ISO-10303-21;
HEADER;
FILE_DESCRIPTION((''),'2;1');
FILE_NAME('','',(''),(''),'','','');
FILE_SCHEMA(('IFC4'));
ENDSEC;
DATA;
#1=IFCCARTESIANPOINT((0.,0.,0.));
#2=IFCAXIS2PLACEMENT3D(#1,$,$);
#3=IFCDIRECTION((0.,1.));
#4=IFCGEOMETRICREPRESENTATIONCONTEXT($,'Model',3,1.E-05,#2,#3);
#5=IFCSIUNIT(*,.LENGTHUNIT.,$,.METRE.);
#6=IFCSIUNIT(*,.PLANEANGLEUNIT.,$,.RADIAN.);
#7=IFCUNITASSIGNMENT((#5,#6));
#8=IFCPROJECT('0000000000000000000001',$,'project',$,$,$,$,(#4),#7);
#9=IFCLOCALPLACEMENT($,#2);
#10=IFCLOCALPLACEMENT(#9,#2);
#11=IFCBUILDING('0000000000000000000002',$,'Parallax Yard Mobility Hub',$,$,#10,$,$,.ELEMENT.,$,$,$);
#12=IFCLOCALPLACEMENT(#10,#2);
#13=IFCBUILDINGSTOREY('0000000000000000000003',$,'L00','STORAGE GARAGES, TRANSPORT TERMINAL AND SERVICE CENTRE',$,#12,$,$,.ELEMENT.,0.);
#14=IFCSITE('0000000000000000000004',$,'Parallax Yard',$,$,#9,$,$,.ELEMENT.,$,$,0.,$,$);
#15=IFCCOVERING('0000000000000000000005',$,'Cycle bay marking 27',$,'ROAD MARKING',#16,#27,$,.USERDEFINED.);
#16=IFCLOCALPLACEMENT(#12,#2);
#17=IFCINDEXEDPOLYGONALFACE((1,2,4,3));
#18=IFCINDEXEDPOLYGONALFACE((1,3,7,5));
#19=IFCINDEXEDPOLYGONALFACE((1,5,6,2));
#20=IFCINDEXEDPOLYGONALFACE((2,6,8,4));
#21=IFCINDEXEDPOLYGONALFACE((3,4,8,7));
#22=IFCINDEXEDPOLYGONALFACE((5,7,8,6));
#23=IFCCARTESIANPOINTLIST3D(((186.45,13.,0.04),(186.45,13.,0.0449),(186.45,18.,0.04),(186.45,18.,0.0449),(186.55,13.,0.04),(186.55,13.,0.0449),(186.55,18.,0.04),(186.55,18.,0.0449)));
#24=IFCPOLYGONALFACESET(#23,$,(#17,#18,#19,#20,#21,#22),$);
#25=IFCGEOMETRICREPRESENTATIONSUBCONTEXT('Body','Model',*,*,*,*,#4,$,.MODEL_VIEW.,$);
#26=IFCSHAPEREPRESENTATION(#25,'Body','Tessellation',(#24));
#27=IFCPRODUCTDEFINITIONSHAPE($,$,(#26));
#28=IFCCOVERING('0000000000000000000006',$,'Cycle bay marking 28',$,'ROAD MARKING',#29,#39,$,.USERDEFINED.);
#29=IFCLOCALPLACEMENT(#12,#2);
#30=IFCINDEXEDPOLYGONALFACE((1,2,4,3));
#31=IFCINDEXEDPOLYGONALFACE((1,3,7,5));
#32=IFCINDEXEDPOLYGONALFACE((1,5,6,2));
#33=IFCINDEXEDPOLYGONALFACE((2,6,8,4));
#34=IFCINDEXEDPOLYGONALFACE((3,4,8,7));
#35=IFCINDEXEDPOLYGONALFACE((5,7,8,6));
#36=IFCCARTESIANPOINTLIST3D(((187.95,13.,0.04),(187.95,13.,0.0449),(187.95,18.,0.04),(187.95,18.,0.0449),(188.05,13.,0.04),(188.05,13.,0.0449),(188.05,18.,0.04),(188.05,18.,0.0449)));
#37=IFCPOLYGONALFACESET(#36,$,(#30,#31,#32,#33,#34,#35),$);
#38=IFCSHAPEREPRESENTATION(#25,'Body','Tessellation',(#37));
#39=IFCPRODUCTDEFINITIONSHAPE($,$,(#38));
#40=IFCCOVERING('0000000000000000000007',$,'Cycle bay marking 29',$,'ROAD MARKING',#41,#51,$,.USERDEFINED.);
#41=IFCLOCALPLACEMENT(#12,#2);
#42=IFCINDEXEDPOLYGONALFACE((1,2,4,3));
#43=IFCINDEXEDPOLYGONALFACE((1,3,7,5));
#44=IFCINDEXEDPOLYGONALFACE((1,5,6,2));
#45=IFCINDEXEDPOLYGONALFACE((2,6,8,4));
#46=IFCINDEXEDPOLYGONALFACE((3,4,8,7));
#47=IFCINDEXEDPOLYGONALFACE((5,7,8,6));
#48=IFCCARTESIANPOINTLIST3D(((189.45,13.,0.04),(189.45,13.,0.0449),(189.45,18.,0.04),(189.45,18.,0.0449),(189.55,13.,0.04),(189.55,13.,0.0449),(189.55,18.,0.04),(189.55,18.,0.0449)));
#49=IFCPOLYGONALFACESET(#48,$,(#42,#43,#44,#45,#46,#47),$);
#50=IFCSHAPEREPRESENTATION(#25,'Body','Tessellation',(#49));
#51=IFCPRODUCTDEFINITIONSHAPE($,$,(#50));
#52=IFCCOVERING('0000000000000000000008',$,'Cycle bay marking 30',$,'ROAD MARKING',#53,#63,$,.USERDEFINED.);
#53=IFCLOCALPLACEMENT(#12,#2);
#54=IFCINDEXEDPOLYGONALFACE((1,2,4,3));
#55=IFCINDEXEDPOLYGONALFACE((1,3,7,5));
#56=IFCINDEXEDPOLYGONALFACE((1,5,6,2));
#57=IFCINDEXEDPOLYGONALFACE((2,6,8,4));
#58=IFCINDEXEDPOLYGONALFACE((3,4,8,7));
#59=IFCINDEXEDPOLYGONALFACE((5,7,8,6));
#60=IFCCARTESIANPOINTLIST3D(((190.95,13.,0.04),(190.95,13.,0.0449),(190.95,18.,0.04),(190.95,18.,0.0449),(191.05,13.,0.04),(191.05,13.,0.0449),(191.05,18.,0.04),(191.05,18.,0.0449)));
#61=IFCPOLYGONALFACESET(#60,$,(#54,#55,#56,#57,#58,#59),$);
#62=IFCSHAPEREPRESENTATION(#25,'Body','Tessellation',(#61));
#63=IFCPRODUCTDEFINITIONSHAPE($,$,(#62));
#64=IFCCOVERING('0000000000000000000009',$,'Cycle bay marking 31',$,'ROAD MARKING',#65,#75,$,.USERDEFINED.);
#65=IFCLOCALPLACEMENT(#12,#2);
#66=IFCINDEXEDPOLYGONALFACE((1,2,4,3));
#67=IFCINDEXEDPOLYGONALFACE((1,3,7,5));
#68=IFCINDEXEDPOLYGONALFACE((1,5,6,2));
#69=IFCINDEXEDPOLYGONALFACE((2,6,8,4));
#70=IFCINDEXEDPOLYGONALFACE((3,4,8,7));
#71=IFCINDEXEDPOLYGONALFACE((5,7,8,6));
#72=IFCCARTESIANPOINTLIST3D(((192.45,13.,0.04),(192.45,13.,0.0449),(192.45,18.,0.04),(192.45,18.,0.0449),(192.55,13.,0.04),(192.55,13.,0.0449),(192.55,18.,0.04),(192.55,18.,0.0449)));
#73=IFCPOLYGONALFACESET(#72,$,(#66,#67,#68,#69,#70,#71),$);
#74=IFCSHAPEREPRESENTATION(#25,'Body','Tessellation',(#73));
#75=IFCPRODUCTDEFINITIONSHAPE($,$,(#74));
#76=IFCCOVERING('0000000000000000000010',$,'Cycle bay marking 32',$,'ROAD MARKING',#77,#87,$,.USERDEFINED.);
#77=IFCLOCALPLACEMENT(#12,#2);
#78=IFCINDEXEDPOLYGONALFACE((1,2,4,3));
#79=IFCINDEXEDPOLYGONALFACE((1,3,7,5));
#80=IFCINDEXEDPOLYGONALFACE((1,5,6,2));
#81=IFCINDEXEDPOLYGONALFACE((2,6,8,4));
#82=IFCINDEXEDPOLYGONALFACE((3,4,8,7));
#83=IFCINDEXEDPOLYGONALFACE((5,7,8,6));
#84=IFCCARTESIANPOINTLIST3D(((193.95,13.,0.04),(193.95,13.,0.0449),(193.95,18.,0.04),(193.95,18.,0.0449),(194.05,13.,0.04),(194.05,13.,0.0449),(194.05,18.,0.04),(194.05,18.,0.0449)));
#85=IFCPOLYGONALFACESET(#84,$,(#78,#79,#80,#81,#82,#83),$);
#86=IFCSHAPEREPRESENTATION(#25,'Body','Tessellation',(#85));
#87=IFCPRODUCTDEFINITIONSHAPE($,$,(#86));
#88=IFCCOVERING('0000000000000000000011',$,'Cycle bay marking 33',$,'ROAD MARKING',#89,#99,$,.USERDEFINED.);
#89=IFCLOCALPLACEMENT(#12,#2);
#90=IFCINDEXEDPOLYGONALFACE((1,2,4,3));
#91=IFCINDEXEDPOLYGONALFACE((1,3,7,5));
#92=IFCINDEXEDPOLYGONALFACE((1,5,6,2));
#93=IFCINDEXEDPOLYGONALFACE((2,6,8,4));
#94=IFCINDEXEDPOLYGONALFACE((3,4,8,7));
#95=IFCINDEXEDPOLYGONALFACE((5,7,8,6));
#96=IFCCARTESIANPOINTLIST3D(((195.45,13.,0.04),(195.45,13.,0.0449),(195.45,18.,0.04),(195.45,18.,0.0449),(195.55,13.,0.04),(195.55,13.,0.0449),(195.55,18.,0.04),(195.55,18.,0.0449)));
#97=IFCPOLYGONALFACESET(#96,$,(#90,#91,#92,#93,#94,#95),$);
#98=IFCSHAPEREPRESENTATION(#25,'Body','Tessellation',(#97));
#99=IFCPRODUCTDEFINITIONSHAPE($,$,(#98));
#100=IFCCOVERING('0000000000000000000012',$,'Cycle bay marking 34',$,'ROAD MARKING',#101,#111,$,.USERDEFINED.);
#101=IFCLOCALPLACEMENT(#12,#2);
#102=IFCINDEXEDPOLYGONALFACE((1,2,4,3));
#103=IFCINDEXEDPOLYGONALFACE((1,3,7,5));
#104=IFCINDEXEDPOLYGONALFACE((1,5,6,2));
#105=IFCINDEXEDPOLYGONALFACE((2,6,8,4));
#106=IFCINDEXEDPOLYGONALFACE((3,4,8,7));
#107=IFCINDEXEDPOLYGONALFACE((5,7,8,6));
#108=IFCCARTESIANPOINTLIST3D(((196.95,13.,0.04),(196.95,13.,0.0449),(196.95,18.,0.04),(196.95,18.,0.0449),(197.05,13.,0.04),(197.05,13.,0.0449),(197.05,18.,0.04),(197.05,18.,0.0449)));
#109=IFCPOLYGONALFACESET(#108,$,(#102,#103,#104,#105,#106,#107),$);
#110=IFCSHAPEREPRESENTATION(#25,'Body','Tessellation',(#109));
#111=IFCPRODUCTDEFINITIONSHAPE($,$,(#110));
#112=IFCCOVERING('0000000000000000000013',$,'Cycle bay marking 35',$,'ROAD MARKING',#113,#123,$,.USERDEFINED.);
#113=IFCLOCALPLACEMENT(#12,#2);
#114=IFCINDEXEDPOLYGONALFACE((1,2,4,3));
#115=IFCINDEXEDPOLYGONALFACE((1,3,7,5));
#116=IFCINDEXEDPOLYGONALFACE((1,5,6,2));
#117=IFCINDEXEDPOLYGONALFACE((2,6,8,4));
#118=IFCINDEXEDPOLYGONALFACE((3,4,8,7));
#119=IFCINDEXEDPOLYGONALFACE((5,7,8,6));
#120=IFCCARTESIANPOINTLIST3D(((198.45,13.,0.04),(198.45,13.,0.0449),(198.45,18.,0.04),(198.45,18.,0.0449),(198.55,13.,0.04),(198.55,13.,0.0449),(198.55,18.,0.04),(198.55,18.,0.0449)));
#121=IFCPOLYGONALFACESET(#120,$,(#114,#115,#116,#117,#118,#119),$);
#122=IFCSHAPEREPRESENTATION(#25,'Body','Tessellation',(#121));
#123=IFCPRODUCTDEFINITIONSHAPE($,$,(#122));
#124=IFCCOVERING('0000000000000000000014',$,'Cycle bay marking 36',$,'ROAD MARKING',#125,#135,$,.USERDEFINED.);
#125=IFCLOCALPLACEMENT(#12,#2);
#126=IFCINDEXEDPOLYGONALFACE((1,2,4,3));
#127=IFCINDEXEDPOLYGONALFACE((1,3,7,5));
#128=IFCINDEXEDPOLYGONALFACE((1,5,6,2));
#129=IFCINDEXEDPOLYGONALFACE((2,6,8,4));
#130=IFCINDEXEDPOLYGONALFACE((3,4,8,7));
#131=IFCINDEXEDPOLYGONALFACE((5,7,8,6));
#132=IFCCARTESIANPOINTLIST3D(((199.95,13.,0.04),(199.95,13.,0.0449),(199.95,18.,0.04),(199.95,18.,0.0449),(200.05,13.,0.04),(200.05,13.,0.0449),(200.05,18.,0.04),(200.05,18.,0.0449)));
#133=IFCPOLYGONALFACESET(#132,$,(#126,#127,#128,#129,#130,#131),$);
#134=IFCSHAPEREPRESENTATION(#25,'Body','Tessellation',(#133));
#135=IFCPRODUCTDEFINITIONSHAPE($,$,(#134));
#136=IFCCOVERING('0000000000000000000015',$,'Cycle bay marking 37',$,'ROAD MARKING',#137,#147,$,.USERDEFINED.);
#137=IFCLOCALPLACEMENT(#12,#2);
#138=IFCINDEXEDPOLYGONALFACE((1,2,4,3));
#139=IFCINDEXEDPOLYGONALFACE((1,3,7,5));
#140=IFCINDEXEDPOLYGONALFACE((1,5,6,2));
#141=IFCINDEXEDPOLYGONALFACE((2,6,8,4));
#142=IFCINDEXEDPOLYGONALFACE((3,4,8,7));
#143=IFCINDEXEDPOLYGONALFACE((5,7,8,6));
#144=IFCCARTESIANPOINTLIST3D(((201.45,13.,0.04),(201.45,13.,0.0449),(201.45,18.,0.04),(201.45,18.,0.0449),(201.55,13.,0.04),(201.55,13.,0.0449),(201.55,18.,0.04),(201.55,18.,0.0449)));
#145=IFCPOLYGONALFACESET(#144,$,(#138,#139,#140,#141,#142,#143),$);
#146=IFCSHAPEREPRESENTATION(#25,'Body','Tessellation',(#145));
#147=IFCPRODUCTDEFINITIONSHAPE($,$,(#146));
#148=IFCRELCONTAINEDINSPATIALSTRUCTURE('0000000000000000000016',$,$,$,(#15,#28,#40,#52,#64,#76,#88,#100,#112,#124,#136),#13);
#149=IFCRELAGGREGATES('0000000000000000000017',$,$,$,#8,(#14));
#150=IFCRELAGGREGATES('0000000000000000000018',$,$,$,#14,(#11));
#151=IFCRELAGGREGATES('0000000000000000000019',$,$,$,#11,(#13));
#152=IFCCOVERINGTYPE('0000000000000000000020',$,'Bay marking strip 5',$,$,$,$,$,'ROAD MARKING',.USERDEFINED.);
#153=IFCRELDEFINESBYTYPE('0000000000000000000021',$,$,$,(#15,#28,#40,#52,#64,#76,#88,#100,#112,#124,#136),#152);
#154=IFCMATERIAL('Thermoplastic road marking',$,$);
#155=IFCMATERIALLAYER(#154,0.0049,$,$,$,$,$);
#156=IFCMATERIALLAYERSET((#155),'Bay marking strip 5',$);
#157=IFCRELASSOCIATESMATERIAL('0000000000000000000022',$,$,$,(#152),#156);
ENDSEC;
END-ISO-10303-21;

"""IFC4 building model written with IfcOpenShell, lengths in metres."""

from ifc_helpers import new_model, si_unit, direction, frame, origin, place, context, subcontext, project, spatial, polyline, outline, extrude, material, layer, layer_set, type_object, element, save


model = new_model("IFC4")

# Units and contexts
model_context = context("Model", 3, precision=1e-05, world=origin(), true_north=direction((0.0, 1.0)))
body_context = subcontext(model_context, "Body", "Model", "MODEL_VIEW")
ifc_project = project(units=[si_unit("LENGTHUNIT", "METRE"), si_unit("PLANEANGLEUNIT", "RADIAN")], contexts=[model_context])

# Site, building, storey
site_placement = place(None, origin())
site = spatial("IfcSite", under=ifc_project, at=site_placement, Name="Parallax Yard", CompositionType="ELEMENT", RefElevation=0.0)
building_placement = place(site_placement, origin())
building = spatial("IfcBuilding", under=site, at=building_placement, Name="Parallax Yard Mobility Hub", CompositionType="ELEMENT")
storey_placement = place(building_placement, origin())
storey = spatial("IfcBuildingStorey", under=building, at=storey_placement, Name="L00", Description="STORAGE GARAGES, TRANSPORT TERMINAL AND SERVICE CENTRE", CompositionType="ELEMENT", Elevation=0.0)

# Coverings
ifc_material = material(Name="Thermoplastic road marking")
ifc_layer = layer(ifc_material, 0.0049)
ifc_layer_set = layer_set([ifc_layer], Name="Bay marking strip 5")
covering_type = type_object("IfcCoveringType", Name="Bay marking strip 5", ElementType="ROAD MARKING", PredefinedType="USERDEFINED", material=ifc_layer_set)
covering_1_placement = place(storey_placement, frame((0.0, 0.0, 0.04)))
element("IfcCovering", 1, at=covering_1_placement, inside=storey, type_object=covering_type, Name="Cycle bay marking 27", ObjectType="ROAD MARKING", PredefinedType="USERDEFINED", context=body_context, shape_type="SweptSolid", body=[
    extrude(outline(polyline([(186.55, 13.0), (186.55, 18.0), (186.45, 18.0), (186.45, 13.0), (186.55, 13.0)])), origin(), (0.0, 0.0, 1.0), 0.0049),
])
covering_2_placement = place(storey_placement, frame((0.0, 0.0, 0.04)))
element("IfcCovering", 2, at=covering_2_placement, inside=storey, type_object=covering_type, Name="Cycle bay marking 28", ObjectType="ROAD MARKING", PredefinedType="USERDEFINED", context=body_context, shape_type="SweptSolid", body=[
    extrude(outline(polyline([(188.05, 13.0), (188.05, 18.0), (187.95, 18.0), (187.95, 13.0), (188.05, 13.0)])), origin(), (0.0, 0.0, 1.0), 0.0049),
])
covering_3_placement = place(storey_placement, frame((0.0, 0.0, 0.04)))
element("IfcCovering", 3, at=covering_3_placement, inside=storey, type_object=covering_type, Name="Cycle bay marking 29", ObjectType="ROAD MARKING", PredefinedType="USERDEFINED", context=body_context, shape_type="SweptSolid", body=[
    extrude(outline(polyline([(189.55, 13.0), (189.55, 18.0), (189.45, 18.0), (189.45, 13.0), (189.55, 13.0)])), origin(), (0.0, 0.0, 1.0), 0.0049),
])
covering_4_placement = place(storey_placement, frame((0.0, 0.0, 0.04)))
element("IfcCovering", 4, at=covering_4_placement, inside=storey, type_object=covering_type, Name="Cycle bay marking 30", ObjectType="ROAD MARKING", PredefinedType="USERDEFINED", context=body_context, shape_type="SweptSolid", body=[
    extrude(outline(polyline([(191.05, 13.0), (191.05, 18.0), (190.95, 18.0), (190.95, 13.0), (191.05, 13.0)])), origin(), (0.0, 0.0, 1.0), 0.0049),
])
covering_5_placement = place(storey_placement, frame((0.0, 0.0, 0.04)))
element("IfcCovering", 5, at=covering_5_placement, inside=storey, type_object=covering_type, Name="Cycle bay marking 31", ObjectType="ROAD MARKING", PredefinedType="USERDEFINED", context=body_context, shape_type="SweptSolid", body=[
    extrude(outline(polyline([(192.55, 13.0), (192.55, 18.0), (192.45, 18.0), (192.45, 13.0), (192.55, 13.0)])), origin(), (0.0, 0.0, 1.0), 0.0049),
])
covering_6_placement = place(storey_placement, frame((0.0, 0.0, 0.04)))
element("IfcCovering", 6, at=covering_6_placement, inside=storey, type_object=covering_type, Name="Cycle bay marking 32", ObjectType="ROAD MARKING", PredefinedType="USERDEFINED", context=body_context, shape_type="SweptSolid", body=[
    extrude(outline(polyline([(194.05, 13.0), (194.05, 18.0), (193.95, 18.0), (193.95, 13.0), (194.05, 13.0)])), origin(), (0.0, 0.0, 1.0), 0.0049),
])
covering_7_placement = place(storey_placement, frame((0.0, 0.0, 0.04)))
element("IfcCovering", 7, at=covering_7_placement, inside=storey, type_object=covering_type, Name="Cycle bay marking 33", ObjectType="ROAD MARKING", PredefinedType="USERDEFINED", context=body_context, shape_type="SweptSolid", body=[
    extrude(outline(polyline([(195.55, 13.0), (195.55, 18.0), (195.45, 18.0), (195.45, 13.0), (195.55, 13.0)])), origin(), (0.0, 0.0, 1.0), 0.0049),
])
covering_8_placement = place(storey_placement, frame((0.0, 0.0, 0.04)))
element("IfcCovering", 8, at=covering_8_placement, inside=storey, type_object=covering_type, Name="Cycle bay marking 34", ObjectType="ROAD MARKING", PredefinedType="USERDEFINED", context=body_context, shape_type="SweptSolid", body=[
    extrude(outline(polyline([(197.05, 13.0), (197.05, 18.0), (196.95, 18.0), (196.95, 13.0), (197.05, 13.0)])), origin(), (0.0, 0.0, 1.0), 0.0049),
])
covering_9_placement = place(storey_placement, frame((0.0, 0.0, 0.04)))
element("IfcCovering", 9, at=covering_9_placement, inside=storey, type_object=covering_type, Name="Cycle bay marking 35", ObjectType="ROAD MARKING", PredefinedType="USERDEFINED", context=body_context, shape_type="SweptSolid", body=[
    extrude(outline(polyline([(198.55, 13.0), (198.55, 18.0), (198.45, 18.0), (198.45, 13.0), (198.55, 13.0)])), origin(), (0.0, 0.0, 1.0), 0.0049),
])
covering_10_placement = place(storey_placement, frame((0.0, 0.0, 0.04)))
element("IfcCovering", 10, at=covering_10_placement, inside=storey, type_object=covering_type, Name="Cycle bay marking 36", ObjectType="ROAD MARKING", PredefinedType="USERDEFINED", context=body_context, shape_type="SweptSolid", body=[
    extrude(outline(polyline([(200.05, 13.0), (200.05, 18.0), (199.95, 18.0), (199.95, 13.0), (200.05, 13.0)])), origin(), (0.0, 0.0, 1.0), 0.0049),
])
covering_11_placement = place(storey_placement, frame((0.0, 0.0, 0.04)))
element("IfcCovering", 11, at=covering_11_placement, inside=storey, type_object=covering_type, Name="Cycle bay marking 37", ObjectType="ROAD MARKING", PredefinedType="USERDEFINED", context=body_context, shape_type="SweptSolid", body=[
    extrude(outline(polyline([(201.55, 13.0), (201.55, 18.0), (201.45, 18.0), (201.45, 13.0), (201.55, 13.0)])), origin(), (0.0, 0.0, 1.0), 0.0049),
])

save(model, "model.ifc")
